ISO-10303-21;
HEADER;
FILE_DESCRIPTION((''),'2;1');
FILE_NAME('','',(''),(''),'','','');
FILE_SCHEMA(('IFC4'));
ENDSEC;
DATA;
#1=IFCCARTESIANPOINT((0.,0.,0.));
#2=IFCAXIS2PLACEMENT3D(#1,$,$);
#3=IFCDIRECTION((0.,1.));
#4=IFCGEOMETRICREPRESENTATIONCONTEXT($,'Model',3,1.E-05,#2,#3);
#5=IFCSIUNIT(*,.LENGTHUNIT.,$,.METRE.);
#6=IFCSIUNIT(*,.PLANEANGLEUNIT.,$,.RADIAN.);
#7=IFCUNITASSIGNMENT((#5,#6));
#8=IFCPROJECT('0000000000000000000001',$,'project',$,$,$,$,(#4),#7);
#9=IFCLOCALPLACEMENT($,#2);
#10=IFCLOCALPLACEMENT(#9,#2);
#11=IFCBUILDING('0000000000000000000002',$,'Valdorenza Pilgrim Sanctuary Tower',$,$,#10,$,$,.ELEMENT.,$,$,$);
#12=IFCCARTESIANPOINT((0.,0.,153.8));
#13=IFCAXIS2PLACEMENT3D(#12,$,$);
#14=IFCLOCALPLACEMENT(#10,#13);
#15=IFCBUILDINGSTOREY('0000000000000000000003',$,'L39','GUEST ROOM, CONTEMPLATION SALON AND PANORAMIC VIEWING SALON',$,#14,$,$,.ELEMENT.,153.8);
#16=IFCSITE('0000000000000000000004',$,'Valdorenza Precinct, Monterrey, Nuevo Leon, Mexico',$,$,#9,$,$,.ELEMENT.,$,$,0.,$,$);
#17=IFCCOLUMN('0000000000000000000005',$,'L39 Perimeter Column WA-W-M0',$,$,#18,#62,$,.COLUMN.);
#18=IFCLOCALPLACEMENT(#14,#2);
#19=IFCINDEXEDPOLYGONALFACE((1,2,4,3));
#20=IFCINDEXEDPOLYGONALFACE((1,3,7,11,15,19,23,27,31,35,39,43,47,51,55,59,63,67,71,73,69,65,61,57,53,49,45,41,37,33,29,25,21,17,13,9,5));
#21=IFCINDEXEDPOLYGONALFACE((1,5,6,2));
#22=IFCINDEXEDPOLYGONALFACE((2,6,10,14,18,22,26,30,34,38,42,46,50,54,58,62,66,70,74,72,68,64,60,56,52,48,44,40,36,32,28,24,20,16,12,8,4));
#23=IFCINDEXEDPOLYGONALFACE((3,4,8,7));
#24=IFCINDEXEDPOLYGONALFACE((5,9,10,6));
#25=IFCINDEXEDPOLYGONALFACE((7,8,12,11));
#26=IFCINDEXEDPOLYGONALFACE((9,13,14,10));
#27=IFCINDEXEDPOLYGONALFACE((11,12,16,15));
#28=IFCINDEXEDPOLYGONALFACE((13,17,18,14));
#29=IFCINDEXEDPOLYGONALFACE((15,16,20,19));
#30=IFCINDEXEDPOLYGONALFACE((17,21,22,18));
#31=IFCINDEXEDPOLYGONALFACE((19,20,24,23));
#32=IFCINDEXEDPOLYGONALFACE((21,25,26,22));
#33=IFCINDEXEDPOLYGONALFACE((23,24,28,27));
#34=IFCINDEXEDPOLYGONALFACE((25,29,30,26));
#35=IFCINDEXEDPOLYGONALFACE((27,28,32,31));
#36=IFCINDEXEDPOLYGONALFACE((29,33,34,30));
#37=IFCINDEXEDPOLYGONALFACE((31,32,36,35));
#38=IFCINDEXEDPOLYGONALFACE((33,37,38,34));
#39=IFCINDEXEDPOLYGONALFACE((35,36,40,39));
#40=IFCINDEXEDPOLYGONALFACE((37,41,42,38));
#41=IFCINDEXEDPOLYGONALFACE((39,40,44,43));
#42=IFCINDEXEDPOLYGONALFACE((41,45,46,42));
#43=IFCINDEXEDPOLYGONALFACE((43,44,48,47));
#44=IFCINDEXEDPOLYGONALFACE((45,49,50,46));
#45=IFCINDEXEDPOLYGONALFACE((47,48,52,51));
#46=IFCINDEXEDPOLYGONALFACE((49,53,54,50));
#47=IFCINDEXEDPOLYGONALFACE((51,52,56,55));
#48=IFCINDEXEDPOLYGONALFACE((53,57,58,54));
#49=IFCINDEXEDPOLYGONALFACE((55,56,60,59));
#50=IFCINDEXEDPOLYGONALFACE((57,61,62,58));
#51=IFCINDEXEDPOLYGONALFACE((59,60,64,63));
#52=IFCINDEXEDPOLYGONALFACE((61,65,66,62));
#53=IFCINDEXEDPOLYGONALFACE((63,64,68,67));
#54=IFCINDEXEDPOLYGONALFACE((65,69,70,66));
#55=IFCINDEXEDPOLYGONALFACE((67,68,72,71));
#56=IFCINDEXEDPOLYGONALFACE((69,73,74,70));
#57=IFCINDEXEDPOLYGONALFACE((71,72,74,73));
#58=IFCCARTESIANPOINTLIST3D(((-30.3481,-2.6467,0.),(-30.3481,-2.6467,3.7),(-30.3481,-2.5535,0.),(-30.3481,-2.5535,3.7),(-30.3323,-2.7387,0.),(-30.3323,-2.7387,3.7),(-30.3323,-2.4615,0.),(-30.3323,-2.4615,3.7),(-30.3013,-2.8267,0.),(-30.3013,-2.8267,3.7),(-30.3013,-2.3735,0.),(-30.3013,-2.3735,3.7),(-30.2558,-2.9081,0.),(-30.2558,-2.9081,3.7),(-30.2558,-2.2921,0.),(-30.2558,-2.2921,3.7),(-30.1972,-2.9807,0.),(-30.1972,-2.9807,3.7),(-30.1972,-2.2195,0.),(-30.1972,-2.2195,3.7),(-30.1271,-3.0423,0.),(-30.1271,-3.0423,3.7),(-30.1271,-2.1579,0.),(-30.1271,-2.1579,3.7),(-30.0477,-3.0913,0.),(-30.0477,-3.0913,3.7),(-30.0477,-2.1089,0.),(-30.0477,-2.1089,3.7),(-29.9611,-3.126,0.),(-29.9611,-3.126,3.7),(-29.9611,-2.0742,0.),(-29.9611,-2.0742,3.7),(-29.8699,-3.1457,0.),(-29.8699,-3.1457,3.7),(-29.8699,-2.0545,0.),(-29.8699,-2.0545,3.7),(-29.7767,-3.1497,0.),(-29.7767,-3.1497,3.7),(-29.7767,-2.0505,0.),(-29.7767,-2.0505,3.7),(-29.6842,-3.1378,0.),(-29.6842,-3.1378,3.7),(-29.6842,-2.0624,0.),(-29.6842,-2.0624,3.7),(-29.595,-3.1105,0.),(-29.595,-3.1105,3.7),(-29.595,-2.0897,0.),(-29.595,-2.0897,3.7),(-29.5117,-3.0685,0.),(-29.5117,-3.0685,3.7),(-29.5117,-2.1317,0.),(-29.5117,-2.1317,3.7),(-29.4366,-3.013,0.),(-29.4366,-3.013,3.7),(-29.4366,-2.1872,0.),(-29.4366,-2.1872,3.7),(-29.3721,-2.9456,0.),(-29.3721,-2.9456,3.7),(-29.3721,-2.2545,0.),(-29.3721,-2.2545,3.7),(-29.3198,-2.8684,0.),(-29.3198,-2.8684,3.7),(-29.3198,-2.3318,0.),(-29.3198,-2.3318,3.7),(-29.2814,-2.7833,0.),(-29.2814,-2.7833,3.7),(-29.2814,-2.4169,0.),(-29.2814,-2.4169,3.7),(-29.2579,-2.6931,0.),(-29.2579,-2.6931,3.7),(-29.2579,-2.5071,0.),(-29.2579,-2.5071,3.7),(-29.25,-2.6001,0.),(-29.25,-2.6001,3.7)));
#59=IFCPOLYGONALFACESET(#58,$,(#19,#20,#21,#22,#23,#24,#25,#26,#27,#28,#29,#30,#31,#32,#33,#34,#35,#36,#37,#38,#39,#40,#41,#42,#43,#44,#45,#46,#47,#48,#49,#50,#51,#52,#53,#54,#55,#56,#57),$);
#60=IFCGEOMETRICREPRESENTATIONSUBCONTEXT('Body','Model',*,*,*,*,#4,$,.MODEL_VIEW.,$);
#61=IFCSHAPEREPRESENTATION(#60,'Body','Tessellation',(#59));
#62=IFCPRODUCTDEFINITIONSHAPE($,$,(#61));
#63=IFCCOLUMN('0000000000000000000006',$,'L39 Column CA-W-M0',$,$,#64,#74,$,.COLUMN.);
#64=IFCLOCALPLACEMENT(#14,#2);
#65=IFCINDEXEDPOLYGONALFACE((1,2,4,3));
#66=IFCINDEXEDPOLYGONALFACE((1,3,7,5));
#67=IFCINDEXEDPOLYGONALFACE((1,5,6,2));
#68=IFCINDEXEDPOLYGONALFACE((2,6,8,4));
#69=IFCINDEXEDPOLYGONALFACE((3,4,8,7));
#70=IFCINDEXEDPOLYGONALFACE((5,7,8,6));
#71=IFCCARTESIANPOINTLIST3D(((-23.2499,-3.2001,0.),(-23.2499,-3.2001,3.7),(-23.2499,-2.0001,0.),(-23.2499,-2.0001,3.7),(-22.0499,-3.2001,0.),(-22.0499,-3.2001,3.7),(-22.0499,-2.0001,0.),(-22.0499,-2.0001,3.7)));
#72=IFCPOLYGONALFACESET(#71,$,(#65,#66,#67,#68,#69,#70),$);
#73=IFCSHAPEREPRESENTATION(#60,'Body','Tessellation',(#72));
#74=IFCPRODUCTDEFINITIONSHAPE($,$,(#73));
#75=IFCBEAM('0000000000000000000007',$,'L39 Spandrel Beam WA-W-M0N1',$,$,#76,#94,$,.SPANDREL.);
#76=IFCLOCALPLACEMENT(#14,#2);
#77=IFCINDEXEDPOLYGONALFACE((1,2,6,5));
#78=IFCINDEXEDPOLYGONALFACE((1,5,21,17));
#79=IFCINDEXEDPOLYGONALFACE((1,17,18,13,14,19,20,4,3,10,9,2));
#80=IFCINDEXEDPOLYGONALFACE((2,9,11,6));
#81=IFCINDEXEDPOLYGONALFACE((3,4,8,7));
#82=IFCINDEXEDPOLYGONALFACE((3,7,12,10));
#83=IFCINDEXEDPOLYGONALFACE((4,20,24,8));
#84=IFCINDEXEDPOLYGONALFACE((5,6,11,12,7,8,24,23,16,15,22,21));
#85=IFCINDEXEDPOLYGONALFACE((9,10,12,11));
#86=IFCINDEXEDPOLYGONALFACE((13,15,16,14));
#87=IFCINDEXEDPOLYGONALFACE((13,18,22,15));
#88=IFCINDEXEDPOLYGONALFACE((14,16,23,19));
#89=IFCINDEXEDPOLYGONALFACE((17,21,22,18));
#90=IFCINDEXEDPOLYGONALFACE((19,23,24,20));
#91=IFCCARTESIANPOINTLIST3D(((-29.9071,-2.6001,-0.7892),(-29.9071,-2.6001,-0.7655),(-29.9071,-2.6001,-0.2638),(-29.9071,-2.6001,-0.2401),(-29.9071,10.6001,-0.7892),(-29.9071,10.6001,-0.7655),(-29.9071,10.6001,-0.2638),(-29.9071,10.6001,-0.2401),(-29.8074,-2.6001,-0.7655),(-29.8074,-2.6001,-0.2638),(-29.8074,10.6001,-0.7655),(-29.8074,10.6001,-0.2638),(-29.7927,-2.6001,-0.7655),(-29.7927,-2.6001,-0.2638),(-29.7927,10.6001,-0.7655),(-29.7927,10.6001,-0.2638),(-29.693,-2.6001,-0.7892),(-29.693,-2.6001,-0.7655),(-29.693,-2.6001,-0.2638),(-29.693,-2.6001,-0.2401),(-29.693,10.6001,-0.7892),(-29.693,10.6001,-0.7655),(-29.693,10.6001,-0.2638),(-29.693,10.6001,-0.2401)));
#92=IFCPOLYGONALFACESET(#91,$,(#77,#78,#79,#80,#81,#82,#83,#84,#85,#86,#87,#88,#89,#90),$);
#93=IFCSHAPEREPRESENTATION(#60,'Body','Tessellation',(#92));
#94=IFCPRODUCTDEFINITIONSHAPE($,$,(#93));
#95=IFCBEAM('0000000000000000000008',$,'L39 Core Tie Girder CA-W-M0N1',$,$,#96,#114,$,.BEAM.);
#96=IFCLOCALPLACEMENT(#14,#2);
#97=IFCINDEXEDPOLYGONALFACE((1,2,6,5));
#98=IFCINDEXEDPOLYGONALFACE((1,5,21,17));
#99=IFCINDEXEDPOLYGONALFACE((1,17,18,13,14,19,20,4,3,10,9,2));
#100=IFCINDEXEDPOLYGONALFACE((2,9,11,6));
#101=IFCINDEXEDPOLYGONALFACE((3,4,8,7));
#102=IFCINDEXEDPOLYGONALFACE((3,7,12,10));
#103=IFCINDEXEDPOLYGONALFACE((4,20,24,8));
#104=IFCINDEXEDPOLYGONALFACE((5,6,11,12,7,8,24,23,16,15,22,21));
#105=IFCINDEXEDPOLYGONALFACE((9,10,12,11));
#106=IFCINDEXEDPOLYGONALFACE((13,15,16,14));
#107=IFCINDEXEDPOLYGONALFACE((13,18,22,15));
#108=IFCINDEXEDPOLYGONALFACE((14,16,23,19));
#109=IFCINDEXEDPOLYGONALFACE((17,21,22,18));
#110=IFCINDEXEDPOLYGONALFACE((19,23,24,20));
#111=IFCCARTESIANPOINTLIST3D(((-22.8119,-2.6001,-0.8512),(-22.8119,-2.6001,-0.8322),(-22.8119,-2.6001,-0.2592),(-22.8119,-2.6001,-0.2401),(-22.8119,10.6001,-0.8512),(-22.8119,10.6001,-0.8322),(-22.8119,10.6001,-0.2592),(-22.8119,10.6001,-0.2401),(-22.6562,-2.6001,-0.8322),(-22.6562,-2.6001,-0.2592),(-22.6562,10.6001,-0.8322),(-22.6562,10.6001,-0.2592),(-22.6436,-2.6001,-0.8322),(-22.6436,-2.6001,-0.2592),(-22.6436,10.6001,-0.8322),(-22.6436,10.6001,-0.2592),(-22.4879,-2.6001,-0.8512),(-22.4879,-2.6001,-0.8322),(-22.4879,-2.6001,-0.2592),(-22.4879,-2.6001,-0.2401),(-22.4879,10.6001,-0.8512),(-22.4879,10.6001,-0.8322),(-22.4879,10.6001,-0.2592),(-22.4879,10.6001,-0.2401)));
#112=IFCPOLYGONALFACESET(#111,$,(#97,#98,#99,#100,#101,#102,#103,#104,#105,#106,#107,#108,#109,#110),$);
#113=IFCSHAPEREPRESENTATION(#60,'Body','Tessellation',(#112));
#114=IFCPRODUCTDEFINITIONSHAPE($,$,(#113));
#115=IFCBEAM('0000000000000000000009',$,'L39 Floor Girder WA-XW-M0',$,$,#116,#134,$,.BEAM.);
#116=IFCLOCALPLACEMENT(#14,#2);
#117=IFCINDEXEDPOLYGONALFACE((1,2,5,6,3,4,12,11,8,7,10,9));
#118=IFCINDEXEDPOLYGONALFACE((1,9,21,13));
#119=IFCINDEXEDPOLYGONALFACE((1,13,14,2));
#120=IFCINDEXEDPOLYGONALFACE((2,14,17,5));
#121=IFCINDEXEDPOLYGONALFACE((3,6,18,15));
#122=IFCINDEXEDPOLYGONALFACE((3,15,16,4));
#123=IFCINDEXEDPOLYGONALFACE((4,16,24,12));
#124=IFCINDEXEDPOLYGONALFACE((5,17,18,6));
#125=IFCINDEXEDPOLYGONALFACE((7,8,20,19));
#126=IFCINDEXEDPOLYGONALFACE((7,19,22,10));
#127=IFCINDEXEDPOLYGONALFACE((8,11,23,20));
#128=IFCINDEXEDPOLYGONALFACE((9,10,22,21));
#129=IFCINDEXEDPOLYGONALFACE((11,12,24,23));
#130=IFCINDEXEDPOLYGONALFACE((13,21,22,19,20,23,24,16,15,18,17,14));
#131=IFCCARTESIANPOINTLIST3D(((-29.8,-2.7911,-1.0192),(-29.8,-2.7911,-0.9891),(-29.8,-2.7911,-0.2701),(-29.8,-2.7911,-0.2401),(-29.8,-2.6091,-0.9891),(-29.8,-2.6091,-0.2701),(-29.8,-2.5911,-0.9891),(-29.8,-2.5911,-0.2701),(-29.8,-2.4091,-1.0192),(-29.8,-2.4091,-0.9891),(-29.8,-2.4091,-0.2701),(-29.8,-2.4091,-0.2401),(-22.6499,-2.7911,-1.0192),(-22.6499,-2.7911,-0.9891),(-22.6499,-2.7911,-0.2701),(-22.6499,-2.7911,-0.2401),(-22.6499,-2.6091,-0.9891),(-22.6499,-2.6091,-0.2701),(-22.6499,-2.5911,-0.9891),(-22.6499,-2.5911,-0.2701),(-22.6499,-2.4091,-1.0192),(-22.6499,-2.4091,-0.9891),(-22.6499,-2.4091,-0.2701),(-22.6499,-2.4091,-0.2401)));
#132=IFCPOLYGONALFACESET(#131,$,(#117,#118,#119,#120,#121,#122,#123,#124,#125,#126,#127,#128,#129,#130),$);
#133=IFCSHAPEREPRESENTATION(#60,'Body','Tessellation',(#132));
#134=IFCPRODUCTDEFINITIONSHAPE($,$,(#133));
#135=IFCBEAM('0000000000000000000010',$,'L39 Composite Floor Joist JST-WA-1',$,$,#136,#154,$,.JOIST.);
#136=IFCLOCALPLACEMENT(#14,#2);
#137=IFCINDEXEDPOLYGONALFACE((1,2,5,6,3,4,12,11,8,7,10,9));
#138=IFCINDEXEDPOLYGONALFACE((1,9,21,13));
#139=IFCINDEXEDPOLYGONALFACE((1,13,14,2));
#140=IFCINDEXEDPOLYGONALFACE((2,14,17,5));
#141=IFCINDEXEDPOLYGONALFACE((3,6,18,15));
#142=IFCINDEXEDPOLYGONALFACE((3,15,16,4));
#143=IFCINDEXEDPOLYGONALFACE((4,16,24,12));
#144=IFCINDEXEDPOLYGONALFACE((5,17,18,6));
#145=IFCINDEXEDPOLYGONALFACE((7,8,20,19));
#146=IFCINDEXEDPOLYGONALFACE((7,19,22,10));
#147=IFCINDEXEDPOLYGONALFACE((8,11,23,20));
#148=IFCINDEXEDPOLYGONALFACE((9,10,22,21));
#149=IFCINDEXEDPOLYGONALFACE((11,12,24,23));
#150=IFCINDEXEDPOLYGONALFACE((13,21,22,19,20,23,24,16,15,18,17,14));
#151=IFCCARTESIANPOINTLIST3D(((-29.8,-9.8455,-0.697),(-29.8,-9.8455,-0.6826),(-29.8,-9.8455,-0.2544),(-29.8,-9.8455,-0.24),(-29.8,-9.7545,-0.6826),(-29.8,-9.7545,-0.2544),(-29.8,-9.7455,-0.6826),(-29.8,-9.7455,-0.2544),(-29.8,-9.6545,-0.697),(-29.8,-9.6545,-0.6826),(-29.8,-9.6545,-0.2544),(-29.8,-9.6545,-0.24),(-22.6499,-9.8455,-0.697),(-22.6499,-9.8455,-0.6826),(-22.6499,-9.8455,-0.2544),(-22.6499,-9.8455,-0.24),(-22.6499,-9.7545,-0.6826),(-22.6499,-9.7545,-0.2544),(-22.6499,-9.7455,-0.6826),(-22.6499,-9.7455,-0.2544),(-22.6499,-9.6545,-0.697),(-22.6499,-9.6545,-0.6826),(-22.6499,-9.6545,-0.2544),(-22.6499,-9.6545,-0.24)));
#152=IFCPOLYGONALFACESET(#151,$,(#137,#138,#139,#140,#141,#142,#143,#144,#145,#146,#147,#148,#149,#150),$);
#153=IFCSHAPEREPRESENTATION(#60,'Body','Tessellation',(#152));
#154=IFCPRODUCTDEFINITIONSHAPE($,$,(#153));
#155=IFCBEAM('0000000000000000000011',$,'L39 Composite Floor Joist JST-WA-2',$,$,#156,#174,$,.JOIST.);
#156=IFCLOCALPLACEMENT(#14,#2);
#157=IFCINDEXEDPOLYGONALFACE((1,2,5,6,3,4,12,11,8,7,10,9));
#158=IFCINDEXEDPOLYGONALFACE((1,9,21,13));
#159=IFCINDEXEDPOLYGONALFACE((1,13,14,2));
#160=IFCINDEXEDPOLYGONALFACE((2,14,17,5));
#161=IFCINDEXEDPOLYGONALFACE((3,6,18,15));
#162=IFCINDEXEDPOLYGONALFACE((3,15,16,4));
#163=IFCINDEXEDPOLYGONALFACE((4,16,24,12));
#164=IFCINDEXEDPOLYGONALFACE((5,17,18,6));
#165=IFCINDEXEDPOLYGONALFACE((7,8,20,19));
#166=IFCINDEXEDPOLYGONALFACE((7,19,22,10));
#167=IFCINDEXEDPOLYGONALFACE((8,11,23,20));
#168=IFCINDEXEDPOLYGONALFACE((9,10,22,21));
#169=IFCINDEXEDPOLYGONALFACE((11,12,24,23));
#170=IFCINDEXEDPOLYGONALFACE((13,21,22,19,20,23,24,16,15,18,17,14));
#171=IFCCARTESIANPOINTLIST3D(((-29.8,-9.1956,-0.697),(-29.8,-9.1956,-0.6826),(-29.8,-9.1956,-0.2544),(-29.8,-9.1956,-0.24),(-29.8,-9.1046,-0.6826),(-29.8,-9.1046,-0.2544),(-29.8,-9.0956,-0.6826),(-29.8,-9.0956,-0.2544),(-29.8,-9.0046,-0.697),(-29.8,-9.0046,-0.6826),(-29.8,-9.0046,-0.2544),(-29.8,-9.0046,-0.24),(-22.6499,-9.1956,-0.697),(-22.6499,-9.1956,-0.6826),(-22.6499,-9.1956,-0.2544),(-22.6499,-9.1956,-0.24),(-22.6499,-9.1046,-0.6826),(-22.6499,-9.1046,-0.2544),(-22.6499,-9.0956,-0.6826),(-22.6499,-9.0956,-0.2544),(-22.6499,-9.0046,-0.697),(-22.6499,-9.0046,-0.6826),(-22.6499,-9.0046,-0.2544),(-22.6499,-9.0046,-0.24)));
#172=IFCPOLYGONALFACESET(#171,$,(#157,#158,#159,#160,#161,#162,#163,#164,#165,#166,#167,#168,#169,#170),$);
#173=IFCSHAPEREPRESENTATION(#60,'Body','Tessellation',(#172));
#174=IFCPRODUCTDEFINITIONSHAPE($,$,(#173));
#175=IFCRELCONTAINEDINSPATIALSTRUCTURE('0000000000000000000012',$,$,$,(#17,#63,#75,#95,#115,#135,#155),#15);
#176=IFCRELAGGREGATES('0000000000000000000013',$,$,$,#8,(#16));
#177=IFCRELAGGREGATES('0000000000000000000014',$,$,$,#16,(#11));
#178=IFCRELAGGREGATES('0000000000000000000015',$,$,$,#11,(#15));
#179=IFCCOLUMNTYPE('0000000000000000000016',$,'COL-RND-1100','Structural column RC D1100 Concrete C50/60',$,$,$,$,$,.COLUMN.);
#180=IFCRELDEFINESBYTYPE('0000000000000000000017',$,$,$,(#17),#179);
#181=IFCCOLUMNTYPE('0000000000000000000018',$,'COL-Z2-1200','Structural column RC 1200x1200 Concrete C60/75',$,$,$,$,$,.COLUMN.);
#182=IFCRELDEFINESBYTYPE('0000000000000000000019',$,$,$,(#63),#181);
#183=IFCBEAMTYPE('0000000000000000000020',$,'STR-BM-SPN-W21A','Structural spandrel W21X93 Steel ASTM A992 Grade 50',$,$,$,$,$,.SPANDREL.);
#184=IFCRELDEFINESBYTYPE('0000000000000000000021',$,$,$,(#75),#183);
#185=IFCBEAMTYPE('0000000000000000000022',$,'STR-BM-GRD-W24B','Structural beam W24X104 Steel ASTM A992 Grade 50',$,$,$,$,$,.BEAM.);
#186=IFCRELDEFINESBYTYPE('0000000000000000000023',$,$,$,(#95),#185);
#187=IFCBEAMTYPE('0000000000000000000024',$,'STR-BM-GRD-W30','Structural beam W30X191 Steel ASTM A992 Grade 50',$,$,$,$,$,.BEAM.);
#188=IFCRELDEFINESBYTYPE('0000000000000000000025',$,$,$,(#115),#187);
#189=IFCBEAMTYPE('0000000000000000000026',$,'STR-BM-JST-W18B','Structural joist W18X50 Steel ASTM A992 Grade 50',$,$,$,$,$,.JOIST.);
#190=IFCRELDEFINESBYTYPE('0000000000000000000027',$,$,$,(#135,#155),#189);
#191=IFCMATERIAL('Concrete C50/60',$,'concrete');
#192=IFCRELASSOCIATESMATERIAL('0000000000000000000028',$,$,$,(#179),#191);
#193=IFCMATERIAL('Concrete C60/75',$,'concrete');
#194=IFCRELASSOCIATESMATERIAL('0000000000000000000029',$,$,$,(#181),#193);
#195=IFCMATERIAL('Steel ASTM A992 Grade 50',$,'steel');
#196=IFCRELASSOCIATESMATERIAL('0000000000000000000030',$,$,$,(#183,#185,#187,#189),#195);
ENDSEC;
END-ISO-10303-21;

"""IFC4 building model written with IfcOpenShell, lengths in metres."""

from ifc_helpers import new_model, si_unit, direction, frame, origin, origin_2d, place, context, subcontext, project, spatial, rectangle, circle, i_section, extrude, source, transform, mapped, material, material_profile, profile_set, type_object, element, save


model = new_model("IFC4")

# Units and contexts
model_context = context("Model", 3, precision=1e-05, world=origin(), true_north=direction((0.0, 1.0)))
body_context = subcontext(model_context, "Body", "Model", "MODEL_VIEW")
ifc_project = project(units=[si_unit("LENGTHUNIT", "METRE"), si_unit("PLANEANGLEUNIT", "RADIAN")], contexts=[model_context])

# Site, building, storey
site_placement = place(None, origin())
site = spatial("IfcSite", under=ifc_project, at=site_placement, Name="Valdorenza Precinct, Monterrey, Nuevo Leon, Mexico", CompositionType="ELEMENT", RefElevation=0.0)
building_placement = place(site_placement, origin())
building = spatial("IfcBuilding", under=site, at=building_placement, Name="Valdorenza Pilgrim Sanctuary Tower", CompositionType="ELEMENT")
storey_placement = place(building_placement, frame((0.0, 0.0, 153.8)))
storey = spatial("IfcBuildingStorey", under=building, at=storey_placement, Name="L39", Description="GUEST ROOM, CONTEMPLATION SALON AND PANORAMIC VIEWING SALON", CompositionType="ELEMENT", Elevation=153.8)

# Columns
ifc_material_1 = material(Name="Concrete C50/60", Category="concrete")
ifc_material_profile_1 = material_profile(ifc_material_1, circle(Radius=0.55, at=origin_2d()), Name="RC D1100")
ifc_profile_set_1 = profile_set([ifc_material_profile_1], Name="Concrete C50/60")
column_type_1 = type_object("IfcColumnType", Name="COL-RND-1100", Description="Structural column RC D1100 Concrete C50/60", PredefinedType="COLUMN", material=ifc_profile_set_1)
shared_shape_1 = source(origin(), body_context, "Body", "SweptSolid", [
    extrude(circle(Radius=0.55, at=origin_2d()), origin(), (0.0, 0.0, 1.0), 3.7),
])
column_1_placement = place(storey_placement, frame((-29.8, -2.6001, 0.0), z_axis=(0.0, 0.0, 1.0), x_axis=(1.0, 0.0, 0.0)))
element("IfcColumn", 1, at=column_1_placement, inside=storey, type_object=column_type_1, Name="L39 Perimeter Column WA-W-M0", PredefinedType="COLUMN", context=body_context, shape_type="MappedRepresentation", body=[
    mapped(shared_shape_1, transform((0.0, 0.0, 0.0), x_axis=(1.0, 0.0, 0.0), y_axis=(0.0, 1.0, 0.0), z_axis=(0.0, 0.0, 1.0), scale=1.0)),
])
ifc_material_2 = material(Name="Concrete C60/75", Category="concrete")
ifc_material_profile_2 = material_profile(ifc_material_2, rectangle(XDim=1.2, YDim=1.2, at=origin_2d()), Name="RC 1200x1200")
ifc_profile_set_2 = profile_set([ifc_material_profile_2], Name="Concrete C60/75")
column_type_2 = type_object("IfcColumnType", Name="COL-Z2-1200", Description="Structural column RC 1200x1200 Concrete C60/75", PredefinedType="COLUMN", material=ifc_profile_set_2)
shared_shape_2 = source(origin(), body_context, "Body", "SweptSolid", [
    extrude(rectangle(XDim=1.2, YDim=1.2, at=origin_2d()), origin(), (0.0, 0.0, 1.0), 3.7),
])
column_2_placement = place(storey_placement, frame((-22.6499, -2.6001, 0.0), z_axis=(0.0, 0.0, 1.0), x_axis=(1.0, 0.0, 0.0)))
element("IfcColumn", 2, at=column_2_placement, inside=storey, type_object=column_type_2, Name="L39 Column CA-W-M0", PredefinedType="COLUMN", context=body_context, shape_type="MappedRepresentation", body=[
    mapped(shared_shape_2, transform((0.0, 0.0, 0.0), x_axis=(1.0, 0.0, 0.0), y_axis=(0.0, 1.0, 0.0), z_axis=(0.0, 0.0, 1.0), scale=1.0)),
])

# Beams
ifc_material_3 = material(Name="Steel ASTM A992 Grade 50", Category="steel")
ifc_material_profile_3 = material_profile(ifc_material_3, i_section(OverallWidth=0.2141, OverallDepth=0.5491, WebThickness=0.0146, FlangeThickness=0.0237, at=origin_2d()), Name="W21X93")
ifc_profile_set_3 = profile_set([ifc_material_profile_3], Name="Steel ASTM A992 Grade 50")
beam_type_1 = type_object("IfcBeamType", Name="STR-BM-SPN-W21A", Description="Structural spandrel W21X93 Steel ASTM A992 Grade 50", PredefinedType="SPANDREL", material=ifc_profile_set_3)
shared_shape_3 = source(origin(), body_context, "Body", "SweptSolid", [
    extrude(i_section(OverallWidth=0.2141, OverallDepth=0.5491, WebThickness=0.0146, FlangeThickness=0.0237, at=origin_2d()), origin(), (0.0, 0.0, 1.0), 13.2002),
])
beam_1_placement = place(storey_placement, frame((-29.8, -2.6001, -0.5146), z_axis=(0.0, 1.0, 0.0), x_axis=(-1.0, 0.0, 0.0)))
element("IfcBeam", 3, at=beam_1_placement, inside=storey, type_object=beam_type_1, Name="L39 Spandrel Beam WA-W-M0N1", PredefinedType="SPANDREL", context=body_context, shape_type="MappedRepresentation", body=[
    mapped(shared_shape_3, transform((0.0, 0.0, 0.0), x_axis=(1.0, 0.0, 0.0), y_axis=(0.0, 1.0, 0.0), z_axis=(0.0, 0.0, 1.0), scale=1.0)),
])
ifc_material_profile_4 = material_profile(ifc_material_3, i_section(OverallWidth=0.324, OverallDepth=0.6111, WebThickness=0.0127, FlangeThickness=0.019, at=origin_2d()), Name="W24X104")
ifc_profile_set_4 = profile_set([ifc_material_profile_4], Name="Steel ASTM A992 Grade 50")
beam_type_2 = type_object("IfcBeamType", Name="STR-BM-GRD-W24B", Description="Structural beam W24X104 Steel ASTM A992 Grade 50", PredefinedType="BEAM", material=ifc_profile_set_4)
shared_shape_4 = source(origin(), body_context, "Body", "SweptSolid", [
    extrude(i_section(OverallWidth=0.324, OverallDepth=0.6111, WebThickness=0.0127, FlangeThickness=0.019, at=origin_2d()), origin(), (0.0, 0.0, 1.0), 13.2002),
])
beam_2_placement = place(storey_placement, frame((-22.6499, -2.6001, -0.5457), z_axis=(0.0, 1.0, 0.0), x_axis=(-1.0, 0.0, 0.0)))
element("IfcBeam", 4, at=beam_2_placement, inside=storey, type_object=beam_type_2, Name="L39 Core Tie Girder CA-W-M0N1", PredefinedType="BEAM", context=body_context, shape_type="MappedRepresentation", body=[
    mapped(shared_shape_4, transform((0.0, 0.0, 0.0), x_axis=(1.0, 0.0, 0.0), y_axis=(0.0, 1.0, 0.0), z_axis=(0.0, 0.0, 1.0), scale=1.0)),
])
ifc_material_profile_5 = material_profile(ifc_material_3, i_section(OverallWidth=0.3821, OverallDepth=0.7791, WebThickness=0.0181, FlangeThickness=0.03, at=origin_2d()), Name="W30X191")
ifc_profile_set_5 = profile_set([ifc_material_profile_5], Name="Steel ASTM A992 Grade 50")
beam_type_3 = type_object("IfcBeamType", Name="STR-BM-GRD-W30", Description="Structural beam W30X191 Steel ASTM A992 Grade 50", PredefinedType="BEAM", material=ifc_profile_set_5)
shared_shape_5 = source(origin(), body_context, "Body", "SweptSolid", [
    extrude(i_section(OverallWidth=0.3821, OverallDepth=0.7791, WebThickness=0.0181, FlangeThickness=0.03, at=origin_2d()), origin(), (0.0, 0.0, 1.0), 7.1501),
])
beam_3_placement = place(storey_placement, frame((-29.8, -2.6001, -0.6296), z_axis=(1.0, 0.0, 0.0), x_axis=(0.0, 1.0, 0.0)))
element("IfcBeam", 5, at=beam_3_placement, inside=storey, type_object=beam_type_3, Name="L39 Floor Girder WA-XW-M0", PredefinedType="BEAM", context=body_context, shape_type="MappedRepresentation", body=[
    mapped(shared_shape_5, transform((0.0, 0.0, 0.0), x_axis=(1.0, 0.0, 0.0), y_axis=(0.0, 1.0, 0.0), z_axis=(0.0, 0.0, 1.0), scale=1.0)),
])
ifc_material_profile_6 = material_profile(ifc_material_3, i_section(OverallWidth=0.1909, OverallDepth=0.457, WebThickness=0.009, FlangeThickness=0.0144, at=origin_2d()), Name="W18X50")
ifc_profile_set_6 = profile_set([ifc_material_profile_6], Name="Steel ASTM A992 Grade 50")
beam_type_4 = type_object("IfcBeamType", Name="STR-BM-JST-W18B", Description="Structural joist W18X50 Steel ASTM A992 Grade 50", PredefinedType="JOIST", material=ifc_profile_set_6)
shared_shape_6 = source(origin(), body_context, "Body", "SweptSolid", [
    extrude(i_section(OverallWidth=0.1909, OverallDepth=0.457, WebThickness=0.009, FlangeThickness=0.0144, at=origin_2d()), origin(), (0.0, 0.0, 1.0), 7.1501),
])
for number, where, z_axis, x_axis, name in (
    (6, (-29.8, -9.75, -0.4685), (1.0, 0.0, 0.0), (0.0, 1.0, 0.0), "L39 Composite Floor Joist JST-WA-1"),
    (7, (-29.8, -9.1001, -0.4685), (1.0, 0.0, 0.0), (0.0, 1.0, 0.0), "L39 Composite Floor Joist JST-WA-2"),
):
    element("IfcBeam", number, at=place(storey_placement, frame(where, z_axis=z_axis, x_axis=x_axis)), inside=storey, type_object=beam_type_4, Name=name, PredefinedType="JOIST", context=body_context, shape_type="MappedRepresentation", body=[
        mapped(shared_shape_6, transform((0.0, 0.0, 0.0), x_axis=(1.0, 0.0, 0.0), y_axis=(0.0, 1.0, 0.0), z_axis=(0.0, 0.0, 1.0), scale=1.0)),
    ])

save(model, "model.ifc")
